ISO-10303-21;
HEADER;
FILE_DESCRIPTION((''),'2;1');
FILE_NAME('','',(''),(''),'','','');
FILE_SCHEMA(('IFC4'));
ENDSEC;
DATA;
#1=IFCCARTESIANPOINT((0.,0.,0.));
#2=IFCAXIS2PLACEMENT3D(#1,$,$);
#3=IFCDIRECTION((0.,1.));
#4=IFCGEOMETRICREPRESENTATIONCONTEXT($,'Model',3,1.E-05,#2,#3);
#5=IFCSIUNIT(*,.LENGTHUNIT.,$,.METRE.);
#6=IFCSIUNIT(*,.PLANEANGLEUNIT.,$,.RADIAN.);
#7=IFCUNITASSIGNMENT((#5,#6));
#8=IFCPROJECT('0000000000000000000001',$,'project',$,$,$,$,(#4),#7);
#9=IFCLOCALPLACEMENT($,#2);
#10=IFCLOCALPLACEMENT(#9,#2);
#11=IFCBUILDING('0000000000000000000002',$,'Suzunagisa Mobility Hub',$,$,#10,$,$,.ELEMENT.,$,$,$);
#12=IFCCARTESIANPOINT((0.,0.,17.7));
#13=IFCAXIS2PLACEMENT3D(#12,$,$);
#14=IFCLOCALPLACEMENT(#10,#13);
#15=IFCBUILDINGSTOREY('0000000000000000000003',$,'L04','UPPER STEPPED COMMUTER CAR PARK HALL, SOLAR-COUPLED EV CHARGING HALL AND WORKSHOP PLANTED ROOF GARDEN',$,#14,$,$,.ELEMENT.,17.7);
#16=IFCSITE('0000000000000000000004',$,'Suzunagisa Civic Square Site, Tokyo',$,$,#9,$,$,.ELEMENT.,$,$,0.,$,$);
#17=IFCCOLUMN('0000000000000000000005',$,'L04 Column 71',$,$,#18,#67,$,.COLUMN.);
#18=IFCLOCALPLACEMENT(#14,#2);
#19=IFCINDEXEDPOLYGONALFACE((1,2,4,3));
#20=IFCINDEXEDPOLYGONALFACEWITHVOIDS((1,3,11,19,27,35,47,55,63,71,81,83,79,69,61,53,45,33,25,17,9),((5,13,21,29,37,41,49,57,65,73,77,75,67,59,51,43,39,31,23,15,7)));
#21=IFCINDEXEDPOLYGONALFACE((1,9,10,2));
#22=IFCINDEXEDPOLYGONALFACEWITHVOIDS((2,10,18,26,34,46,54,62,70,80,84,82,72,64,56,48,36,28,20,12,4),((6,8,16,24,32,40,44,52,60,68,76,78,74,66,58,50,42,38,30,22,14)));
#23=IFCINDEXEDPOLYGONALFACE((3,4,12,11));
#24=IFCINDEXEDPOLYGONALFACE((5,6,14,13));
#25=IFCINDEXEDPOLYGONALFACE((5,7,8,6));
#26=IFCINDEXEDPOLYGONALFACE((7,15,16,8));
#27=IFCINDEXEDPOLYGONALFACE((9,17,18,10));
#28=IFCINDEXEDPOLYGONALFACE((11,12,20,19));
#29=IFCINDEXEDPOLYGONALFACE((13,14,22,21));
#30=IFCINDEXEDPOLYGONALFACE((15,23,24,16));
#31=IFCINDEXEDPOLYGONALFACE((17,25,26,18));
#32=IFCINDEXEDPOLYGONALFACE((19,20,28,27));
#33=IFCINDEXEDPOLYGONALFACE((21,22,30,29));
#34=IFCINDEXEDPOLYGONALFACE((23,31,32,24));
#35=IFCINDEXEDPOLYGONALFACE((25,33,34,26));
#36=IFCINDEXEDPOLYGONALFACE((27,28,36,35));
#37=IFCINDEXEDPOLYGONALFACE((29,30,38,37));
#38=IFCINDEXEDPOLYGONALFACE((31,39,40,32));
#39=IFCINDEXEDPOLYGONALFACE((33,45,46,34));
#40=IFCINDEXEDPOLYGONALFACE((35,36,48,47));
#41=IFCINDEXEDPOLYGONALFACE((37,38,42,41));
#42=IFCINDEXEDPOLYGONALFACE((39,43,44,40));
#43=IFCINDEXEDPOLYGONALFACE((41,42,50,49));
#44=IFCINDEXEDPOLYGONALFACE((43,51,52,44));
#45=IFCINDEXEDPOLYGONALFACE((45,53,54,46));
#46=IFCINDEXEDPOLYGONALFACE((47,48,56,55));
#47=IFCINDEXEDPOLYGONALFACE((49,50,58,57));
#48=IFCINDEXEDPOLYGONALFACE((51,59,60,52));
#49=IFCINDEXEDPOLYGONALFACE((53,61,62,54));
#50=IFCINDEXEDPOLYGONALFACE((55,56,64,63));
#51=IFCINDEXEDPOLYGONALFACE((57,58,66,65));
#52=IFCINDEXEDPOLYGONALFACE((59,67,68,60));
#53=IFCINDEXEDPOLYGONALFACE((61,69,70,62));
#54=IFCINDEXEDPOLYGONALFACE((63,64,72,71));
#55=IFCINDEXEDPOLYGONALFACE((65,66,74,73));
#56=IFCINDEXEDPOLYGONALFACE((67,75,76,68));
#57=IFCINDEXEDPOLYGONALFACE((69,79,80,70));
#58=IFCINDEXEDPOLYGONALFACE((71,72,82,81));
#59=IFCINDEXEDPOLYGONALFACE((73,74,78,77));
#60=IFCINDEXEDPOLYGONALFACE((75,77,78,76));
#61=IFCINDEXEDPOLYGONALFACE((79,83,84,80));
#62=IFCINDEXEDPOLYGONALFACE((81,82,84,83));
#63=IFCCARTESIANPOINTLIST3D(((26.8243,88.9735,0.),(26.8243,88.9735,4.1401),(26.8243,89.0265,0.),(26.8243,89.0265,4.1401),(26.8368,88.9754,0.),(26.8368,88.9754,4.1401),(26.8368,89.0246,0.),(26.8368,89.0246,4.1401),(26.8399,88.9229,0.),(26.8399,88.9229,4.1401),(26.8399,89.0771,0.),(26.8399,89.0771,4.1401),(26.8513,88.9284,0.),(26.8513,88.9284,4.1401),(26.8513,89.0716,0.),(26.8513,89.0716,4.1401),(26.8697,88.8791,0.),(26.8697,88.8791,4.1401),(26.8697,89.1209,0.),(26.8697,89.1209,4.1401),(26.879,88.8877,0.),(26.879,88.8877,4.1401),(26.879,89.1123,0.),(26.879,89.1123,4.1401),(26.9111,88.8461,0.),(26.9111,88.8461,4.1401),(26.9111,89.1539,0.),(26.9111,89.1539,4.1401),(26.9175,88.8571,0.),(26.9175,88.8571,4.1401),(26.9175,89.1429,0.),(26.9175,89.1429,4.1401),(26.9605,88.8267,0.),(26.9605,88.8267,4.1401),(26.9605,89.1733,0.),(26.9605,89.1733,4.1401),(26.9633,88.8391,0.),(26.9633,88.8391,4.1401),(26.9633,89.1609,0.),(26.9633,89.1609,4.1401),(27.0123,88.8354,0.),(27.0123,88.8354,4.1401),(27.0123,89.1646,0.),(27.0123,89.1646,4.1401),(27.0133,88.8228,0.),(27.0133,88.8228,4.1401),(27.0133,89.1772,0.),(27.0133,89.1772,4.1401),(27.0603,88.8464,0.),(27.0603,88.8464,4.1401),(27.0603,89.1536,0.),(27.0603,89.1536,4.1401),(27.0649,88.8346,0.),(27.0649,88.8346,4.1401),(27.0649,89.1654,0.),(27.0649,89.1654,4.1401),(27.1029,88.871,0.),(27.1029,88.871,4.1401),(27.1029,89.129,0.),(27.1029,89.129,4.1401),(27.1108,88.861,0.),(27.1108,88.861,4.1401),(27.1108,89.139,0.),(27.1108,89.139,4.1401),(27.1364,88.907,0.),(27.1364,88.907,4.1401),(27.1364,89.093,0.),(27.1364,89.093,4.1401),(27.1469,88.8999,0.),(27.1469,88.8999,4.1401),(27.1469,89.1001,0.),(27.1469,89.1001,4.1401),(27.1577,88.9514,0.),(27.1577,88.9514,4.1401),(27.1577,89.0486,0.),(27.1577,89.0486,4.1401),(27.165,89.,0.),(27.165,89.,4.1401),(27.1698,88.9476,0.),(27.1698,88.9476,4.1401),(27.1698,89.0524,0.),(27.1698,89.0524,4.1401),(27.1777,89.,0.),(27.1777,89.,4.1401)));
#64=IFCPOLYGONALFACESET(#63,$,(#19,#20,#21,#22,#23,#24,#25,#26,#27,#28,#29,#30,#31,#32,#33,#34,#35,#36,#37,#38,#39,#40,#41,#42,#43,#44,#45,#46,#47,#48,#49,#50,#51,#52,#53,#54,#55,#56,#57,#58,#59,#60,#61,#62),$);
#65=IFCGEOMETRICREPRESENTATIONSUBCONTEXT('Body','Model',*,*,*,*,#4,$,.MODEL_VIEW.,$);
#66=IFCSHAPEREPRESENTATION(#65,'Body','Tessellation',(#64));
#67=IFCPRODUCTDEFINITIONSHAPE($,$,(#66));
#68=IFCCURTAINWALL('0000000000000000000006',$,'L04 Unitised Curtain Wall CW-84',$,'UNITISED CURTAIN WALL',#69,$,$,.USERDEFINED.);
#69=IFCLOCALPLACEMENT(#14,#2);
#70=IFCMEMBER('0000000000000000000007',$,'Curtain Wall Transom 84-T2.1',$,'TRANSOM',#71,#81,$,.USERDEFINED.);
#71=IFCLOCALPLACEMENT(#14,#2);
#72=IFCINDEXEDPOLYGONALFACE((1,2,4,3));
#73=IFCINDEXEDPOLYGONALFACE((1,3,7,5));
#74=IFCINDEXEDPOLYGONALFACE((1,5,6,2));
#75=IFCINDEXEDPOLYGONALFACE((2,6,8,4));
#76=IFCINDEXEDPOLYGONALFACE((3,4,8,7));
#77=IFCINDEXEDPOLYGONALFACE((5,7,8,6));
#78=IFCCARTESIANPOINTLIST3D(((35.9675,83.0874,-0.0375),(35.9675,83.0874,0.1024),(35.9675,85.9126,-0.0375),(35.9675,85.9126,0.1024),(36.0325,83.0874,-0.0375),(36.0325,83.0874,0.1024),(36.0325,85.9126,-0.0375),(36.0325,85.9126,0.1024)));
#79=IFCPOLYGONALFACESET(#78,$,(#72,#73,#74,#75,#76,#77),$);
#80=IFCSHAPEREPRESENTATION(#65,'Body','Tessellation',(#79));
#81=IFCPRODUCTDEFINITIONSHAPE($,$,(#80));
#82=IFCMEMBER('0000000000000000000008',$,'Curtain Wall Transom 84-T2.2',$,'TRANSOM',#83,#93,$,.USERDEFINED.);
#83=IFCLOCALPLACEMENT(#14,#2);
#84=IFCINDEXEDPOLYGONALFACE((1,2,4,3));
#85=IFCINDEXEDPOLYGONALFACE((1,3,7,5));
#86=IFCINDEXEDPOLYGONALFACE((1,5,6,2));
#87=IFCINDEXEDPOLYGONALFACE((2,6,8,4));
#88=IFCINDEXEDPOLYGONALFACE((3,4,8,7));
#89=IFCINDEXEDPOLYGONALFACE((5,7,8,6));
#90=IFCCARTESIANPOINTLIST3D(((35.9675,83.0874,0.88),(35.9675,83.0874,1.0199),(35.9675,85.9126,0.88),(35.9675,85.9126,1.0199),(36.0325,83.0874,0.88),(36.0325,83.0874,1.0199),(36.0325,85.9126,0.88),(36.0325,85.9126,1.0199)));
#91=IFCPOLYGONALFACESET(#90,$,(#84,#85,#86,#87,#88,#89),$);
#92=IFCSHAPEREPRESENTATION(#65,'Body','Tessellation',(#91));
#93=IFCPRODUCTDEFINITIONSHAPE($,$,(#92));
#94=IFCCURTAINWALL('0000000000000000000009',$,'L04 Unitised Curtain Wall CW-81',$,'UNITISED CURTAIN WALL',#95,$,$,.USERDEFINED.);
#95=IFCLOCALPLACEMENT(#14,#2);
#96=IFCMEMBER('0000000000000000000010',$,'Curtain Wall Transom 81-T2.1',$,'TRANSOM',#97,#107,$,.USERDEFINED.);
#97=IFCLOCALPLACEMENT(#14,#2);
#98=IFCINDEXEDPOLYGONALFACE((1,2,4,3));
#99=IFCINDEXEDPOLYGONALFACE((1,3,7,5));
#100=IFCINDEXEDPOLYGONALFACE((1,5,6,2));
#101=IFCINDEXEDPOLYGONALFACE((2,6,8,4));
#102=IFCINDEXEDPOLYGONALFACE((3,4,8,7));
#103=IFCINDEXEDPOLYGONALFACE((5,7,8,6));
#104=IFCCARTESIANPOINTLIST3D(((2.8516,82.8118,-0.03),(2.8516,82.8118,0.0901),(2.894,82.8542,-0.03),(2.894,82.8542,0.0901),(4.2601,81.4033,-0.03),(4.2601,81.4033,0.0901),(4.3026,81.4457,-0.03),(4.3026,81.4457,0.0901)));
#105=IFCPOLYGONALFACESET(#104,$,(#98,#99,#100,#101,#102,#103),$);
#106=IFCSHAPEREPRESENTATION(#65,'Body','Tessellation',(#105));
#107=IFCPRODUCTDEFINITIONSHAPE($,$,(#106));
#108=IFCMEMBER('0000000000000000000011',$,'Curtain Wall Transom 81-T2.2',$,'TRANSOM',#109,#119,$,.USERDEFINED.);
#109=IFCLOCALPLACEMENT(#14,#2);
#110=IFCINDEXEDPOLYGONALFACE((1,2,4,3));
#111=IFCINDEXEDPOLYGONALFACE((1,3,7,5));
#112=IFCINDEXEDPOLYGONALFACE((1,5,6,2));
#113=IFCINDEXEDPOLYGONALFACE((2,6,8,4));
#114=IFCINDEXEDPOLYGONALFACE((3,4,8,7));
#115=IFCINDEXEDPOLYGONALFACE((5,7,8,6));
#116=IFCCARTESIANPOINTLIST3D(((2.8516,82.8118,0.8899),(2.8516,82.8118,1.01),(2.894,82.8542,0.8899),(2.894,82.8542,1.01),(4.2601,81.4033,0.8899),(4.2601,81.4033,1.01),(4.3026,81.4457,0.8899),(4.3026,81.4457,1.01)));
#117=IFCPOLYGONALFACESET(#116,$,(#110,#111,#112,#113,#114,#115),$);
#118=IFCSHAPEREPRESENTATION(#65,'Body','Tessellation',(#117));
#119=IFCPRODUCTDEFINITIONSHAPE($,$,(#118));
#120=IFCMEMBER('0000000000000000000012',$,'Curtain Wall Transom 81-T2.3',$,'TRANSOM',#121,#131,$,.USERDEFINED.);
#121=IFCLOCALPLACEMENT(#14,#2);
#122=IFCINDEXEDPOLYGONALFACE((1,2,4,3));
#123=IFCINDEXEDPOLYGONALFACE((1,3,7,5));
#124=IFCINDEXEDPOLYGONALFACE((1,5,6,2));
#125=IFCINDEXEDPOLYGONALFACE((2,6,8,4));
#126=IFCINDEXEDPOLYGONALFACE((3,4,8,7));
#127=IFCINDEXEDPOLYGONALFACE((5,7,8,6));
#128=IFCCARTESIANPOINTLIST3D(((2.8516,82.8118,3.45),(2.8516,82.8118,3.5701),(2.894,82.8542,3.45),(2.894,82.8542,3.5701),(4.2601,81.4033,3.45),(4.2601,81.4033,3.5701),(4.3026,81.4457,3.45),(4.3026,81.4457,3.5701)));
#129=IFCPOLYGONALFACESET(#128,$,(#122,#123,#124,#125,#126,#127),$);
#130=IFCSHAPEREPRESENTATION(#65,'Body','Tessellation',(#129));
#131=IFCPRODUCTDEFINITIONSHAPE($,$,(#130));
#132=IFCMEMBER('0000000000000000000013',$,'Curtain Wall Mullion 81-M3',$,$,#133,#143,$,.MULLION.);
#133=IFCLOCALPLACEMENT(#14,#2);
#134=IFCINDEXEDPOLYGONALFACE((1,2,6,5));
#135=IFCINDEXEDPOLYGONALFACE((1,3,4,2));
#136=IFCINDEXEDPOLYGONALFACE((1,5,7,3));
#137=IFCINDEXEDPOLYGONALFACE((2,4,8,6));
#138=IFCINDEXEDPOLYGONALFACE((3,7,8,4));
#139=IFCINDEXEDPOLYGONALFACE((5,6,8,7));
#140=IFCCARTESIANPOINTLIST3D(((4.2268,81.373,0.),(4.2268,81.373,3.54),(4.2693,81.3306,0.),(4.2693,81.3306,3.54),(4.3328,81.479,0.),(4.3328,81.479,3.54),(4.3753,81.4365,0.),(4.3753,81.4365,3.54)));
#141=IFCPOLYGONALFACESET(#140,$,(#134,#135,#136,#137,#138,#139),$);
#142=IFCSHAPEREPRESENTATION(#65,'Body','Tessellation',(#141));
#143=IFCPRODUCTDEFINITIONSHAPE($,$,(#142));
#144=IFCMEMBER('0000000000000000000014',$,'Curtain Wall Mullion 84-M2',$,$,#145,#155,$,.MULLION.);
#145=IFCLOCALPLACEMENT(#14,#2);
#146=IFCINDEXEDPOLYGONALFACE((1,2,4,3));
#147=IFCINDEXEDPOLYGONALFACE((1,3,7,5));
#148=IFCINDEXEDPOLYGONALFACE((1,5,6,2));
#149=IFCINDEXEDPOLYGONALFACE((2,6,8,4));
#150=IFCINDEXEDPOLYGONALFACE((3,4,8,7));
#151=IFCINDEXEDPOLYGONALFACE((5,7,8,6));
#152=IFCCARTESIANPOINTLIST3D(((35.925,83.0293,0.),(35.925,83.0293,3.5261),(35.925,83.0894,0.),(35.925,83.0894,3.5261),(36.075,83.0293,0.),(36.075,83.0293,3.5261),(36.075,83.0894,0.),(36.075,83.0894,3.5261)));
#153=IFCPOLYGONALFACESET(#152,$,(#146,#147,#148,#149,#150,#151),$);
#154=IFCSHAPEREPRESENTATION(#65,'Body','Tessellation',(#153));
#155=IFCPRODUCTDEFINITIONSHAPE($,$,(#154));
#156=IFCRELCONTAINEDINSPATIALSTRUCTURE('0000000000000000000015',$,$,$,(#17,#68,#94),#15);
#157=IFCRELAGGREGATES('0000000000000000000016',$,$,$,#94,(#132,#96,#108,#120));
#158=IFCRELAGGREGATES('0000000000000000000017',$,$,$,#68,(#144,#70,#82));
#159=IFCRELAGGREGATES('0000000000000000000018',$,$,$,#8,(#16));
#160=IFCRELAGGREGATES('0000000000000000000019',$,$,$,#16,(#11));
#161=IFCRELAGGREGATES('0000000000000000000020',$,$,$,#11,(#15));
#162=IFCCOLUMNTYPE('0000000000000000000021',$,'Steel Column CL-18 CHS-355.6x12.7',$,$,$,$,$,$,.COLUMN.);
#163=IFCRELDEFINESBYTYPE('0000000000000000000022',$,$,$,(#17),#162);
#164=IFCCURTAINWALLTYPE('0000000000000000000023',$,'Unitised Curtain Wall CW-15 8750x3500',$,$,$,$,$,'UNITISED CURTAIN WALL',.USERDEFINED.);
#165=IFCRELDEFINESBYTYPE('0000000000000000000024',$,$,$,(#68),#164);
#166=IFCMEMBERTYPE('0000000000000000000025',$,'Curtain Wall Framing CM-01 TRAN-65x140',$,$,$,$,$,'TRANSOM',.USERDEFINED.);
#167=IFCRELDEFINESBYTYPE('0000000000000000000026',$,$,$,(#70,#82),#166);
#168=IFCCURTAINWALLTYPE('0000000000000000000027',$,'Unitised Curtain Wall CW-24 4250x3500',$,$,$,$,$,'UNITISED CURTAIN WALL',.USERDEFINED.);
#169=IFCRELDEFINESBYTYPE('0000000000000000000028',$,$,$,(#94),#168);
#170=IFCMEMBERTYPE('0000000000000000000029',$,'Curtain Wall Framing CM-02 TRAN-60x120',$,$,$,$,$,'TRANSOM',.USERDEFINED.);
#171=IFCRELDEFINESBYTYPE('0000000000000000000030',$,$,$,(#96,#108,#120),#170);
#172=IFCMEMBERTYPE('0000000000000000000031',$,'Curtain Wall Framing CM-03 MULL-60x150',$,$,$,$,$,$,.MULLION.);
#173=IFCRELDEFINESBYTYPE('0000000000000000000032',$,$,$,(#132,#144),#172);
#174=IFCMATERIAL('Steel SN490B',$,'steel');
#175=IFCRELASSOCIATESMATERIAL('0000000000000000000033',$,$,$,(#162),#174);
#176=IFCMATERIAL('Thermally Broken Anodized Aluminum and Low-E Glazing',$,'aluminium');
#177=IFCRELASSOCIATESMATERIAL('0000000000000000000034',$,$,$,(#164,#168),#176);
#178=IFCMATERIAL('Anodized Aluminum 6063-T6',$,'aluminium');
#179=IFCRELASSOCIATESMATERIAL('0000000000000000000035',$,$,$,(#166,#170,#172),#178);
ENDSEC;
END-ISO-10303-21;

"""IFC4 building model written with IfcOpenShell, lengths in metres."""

from ifc_helpers import new_model, si_unit, direction, frame, origin, origin_2d, place, context, subcontext, project, spatial, rectangle, hollow_circle, extrude, material, material_profile, profile_set, type_object, element, aggregate, save


model = new_model("IFC4")

# Units and contexts
model_context = context("Model", 3, precision=1e-05, world=origin(), true_north=direction((0.0, 1.0)))
body_context = subcontext(model_context, "Body", "Model", "MODEL_VIEW")
ifc_project = project(units=[si_unit("LENGTHUNIT", "METRE"), si_unit("PLANEANGLEUNIT", "RADIAN")], contexts=[model_context])

# Site, building, storey
site_placement = place(None, origin())
site = spatial("IfcSite", under=ifc_project, at=site_placement, Name="Suzunagisa Civic Square Site, Tokyo", CompositionType="ELEMENT", RefElevation=0.0)
building_placement = place(site_placement, origin())
building = spatial("IfcBuilding", under=site, at=building_placement, Name="Suzunagisa Mobility Hub", CompositionType="ELEMENT")
storey_placement = place(building_placement, frame((0.0, 0.0, 17.7)))
storey = spatial("IfcBuildingStorey", under=building, at=storey_placement, Name="L04", Description="UPPER STEPPED COMMUTER CAR PARK HALL, SOLAR-COUPLED EV CHARGING HALL AND WORKSHOP PLANTED ROOF GARDEN", CompositionType="ELEMENT", Elevation=17.7)

# Column
ifc_material_1 = material(Name="Steel SN490B", Category="steel")
ifc_material_profile_1 = material_profile(ifc_material_1, hollow_circle(Radius=0.1777, WallThickness=0.0127, at=origin_2d()), Name="CHS-355.6x12.7")
ifc_profile_set_1 = profile_set([ifc_material_profile_1], Name="Steel SN490B")
column_type = type_object("IfcColumnType", Name="Steel Column CL-18 CHS-355.6x12.7", PredefinedType="COLUMN", material=ifc_profile_set_1)
for number, where, z_axis, x_axis, name in (
    (1, (27.0, 89.0, 0.0), (0.0, 0.0, 1.0), (1.0, 0.0, 0.0), "L04 Column 71"),
):
    element("IfcColumn", number, at=place(storey_placement, frame(where, z_axis=z_axis, x_axis=x_axis)), inside=storey, type_object=column_type, Name=name, PredefinedType="COLUMN", context=body_context, shape_type="SweptSolid", body=[
        extrude(hollow_circle(Radius=0.1777, WallThickness=0.0127, at=origin_2d()), origin(), (0.0, 0.0, 1.0), 4.1401),
    ])

# Curtain walls, members
ifc_material_2 = material(Name="Thermally Broken Anodized Aluminum and Low-E Glazing", Category="aluminium")
curtain_wall_type_1 = type_object("IfcCurtainWallType", Name="Unitised Curtain Wall CW-15 8750x3500", ElementType="UNITISED CURTAIN WALL", PredefinedType="USERDEFINED", material=ifc_material_2)
curtain_wall_1_placement = place(storey_placement, origin())
curtain_wall_1 = element("IfcCurtainWall", 2, at=curtain_wall_1_placement, inside=storey, type_object=curtain_wall_type_1, Name="L04 Unitised Curtain Wall CW-84", ObjectType="UNITISED CURTAIN WALL", PredefinedType="USERDEFINED")
ifc_material_3 = material(Name="Anodized Aluminum 6063-T6", Category="aluminium")
ifc_material_profile_2 = material_profile(ifc_material_3, rectangle(XDim=0.0649, YDim=0.1399, at=origin_2d()), Name="TRAN-65x140")
ifc_profile_set_2 = profile_set([ifc_material_profile_2], Name="Anodized Aluminum 6063-T6")
member_type_1 = type_object("IfcMemberType", Name="Curtain Wall Framing CM-01 TRAN-65x140", ElementType="TRANSOM", PredefinedType="USERDEFINED", material=ifc_profile_set_2)
member_1_placement = place(storey_placement, frame((36.0, 83.0874, 0.0325), z_axis=(0.0, 1.0, 0.0), x_axis=(-1.0, 0.0, 0.0)))
member_1 = element("IfcMember", 3, at=member_1_placement, type_object=member_type_1, Name="Curtain Wall Transom 84-T2.1", ObjectType="TRANSOM", PredefinedType="USERDEFINED", context=body_context, shape_type="SweptSolid", body=[
    extrude(rectangle(XDim=0.0649, YDim=0.1399, at=origin_2d()), origin(), (0.0, 0.0, 1.0), 2.8252),
])
member_2_placement = place(storey_placement, frame((36.0, 83.0874, 0.95), z_axis=(0.0, 1.0, 0.0), x_axis=(-1.0, 0.0, 0.0)))
member_2 = element("IfcMember", 4, at=member_2_placement, type_object=member_type_1, Name="Curtain Wall Transom 84-T2.2", ObjectType="TRANSOM", PredefinedType="USERDEFINED", context=body_context, shape_type="SweptSolid", body=[
    extrude(rectangle(XDim=0.0649, YDim=0.1399, at=origin_2d()), origin(), (0.0, 0.0, 1.0), 2.8252),
])
curtain_wall_type_2 = type_object("IfcCurtainWallType", Name="Unitised Curtain Wall CW-24 4250x3500", ElementType="UNITISED CURTAIN WALL", PredefinedType="USERDEFINED", material=ifc_material_2)
curtain_wall_2_placement = place(storey_placement, origin())
curtain_wall_2 = element("IfcCurtainWall", 5, at=curtain_wall_2_placement, inside=storey, type_object=curtain_wall_type_2, Name="L04 Unitised Curtain Wall CW-81", ObjectType="UNITISED CURTAIN WALL", PredefinedType="USERDEFINED")
ifc_material_profile_3 = material_profile(ifc_material_3, rectangle(XDim=0.0601, YDim=0.1201, at=origin_2d()), Name="TRAN-60x120")
ifc_profile_set_3 = profile_set([ifc_material_profile_3], Name="Anodized Aluminum 6063-T6")
member_type_2 = type_object("IfcMemberType", Name="Curtain Wall Framing CM-02 TRAN-60x120", ElementType="TRANSOM", PredefinedType="USERDEFINED", material=ifc_profile_set_3)
member_3_placement = place(storey_placement, frame((2.8728, 82.833, 0.03), z_axis=(0.707107, -0.707107, 0.0), x_axis=(0.707107, 0.707107, 0.0)))
member_3 = element("IfcMember", 6, at=member_3_placement, type_object=member_type_2, Name="Curtain Wall Transom 81-T2.1", ObjectType="TRANSOM", PredefinedType="USERDEFINED", context=body_context, shape_type="SweptSolid", body=[
    extrude(rectangle(XDim=0.0601, YDim=0.1201, at=origin_2d()), origin(), (0.0, 0.0, 1.0), 1.9919),
])
member_4_placement = place(storey_placement, frame((2.8728, 82.833, 0.95), z_axis=(0.707107, -0.707107, 0.0), x_axis=(0.707107, 0.707107, 0.0)))
member_4 = element("IfcMember", 7, at=member_4_placement, type_object=member_type_2, Name="Curtain Wall Transom 81-T2.2", ObjectType="TRANSOM", PredefinedType="USERDEFINED", context=body_context, shape_type="SweptSolid", body=[
    extrude(rectangle(XDim=0.0601, YDim=0.1201, at=origin_2d()), origin(), (0.0, 0.0, 1.0), 1.9919),
])
member_5_placement = place(storey_placement, frame((2.8728, 82.833, 3.51), z_axis=(0.707107, -0.707107, 0.0), x_axis=(0.707107, 0.707107, 0.0)))
member_5 = element("IfcMember", 8, at=member_5_placement, type_object=member_type_2, Name="Curtain Wall Transom 81-T2.3", ObjectType="TRANSOM", PredefinedType="USERDEFINED", context=body_context, shape_type="SweptSolid", body=[
    extrude(rectangle(XDim=0.0601, YDim=0.1201, at=origin_2d()), origin(), (0.0, 0.0, 1.0), 1.9919),
])
ifc_material_profile_4 = material_profile(ifc_material_3, rectangle(XDim=0.0601, YDim=0.1499, at=origin_2d()), Name="MULL-60x150")
ifc_profile_set_4 = profile_set([ifc_material_profile_4], Name="Anodized Aluminum 6063-T6")
member_type_3 = type_object("IfcMemberType", Name="Curtain Wall Framing CM-03 MULL-60x150", PredefinedType="MULLION", material=ifc_profile_set_4)
member_6_placement = place(storey_placement, frame((4.301, 81.4048, 0.0), z_axis=(0.0, 0.0, 1.0), x_axis=(0.707107, -0.707107, 0.0)))
member_6 = element("IfcMember", 9, at=member_6_placement, type_object=member_type_3, Name="Curtain Wall Mullion 81-M3", PredefinedType="MULLION", context=body_context, shape_type="SweptSolid", body=[
    extrude(rectangle(XDim=0.0601, YDim=0.1499, at=origin_2d()), origin(), (0.0, 0.0, 1.0), 3.54),
])

# Member
member_7_placement = place(storey_placement, frame((36.0, 83.0593, 0.0), z_axis=(0.0, 0.0, 1.0), x_axis=(0.0, 1.0, 0.0)))
member_7 = element("IfcMember", 10, at=member_7_placement, type_object=member_type_3, Name="Curtain Wall Mullion 84-M2", PredefinedType="MULLION", context=body_context, shape_type="SweptSolid", body=[
    extrude(rectangle(XDim=0.0601, YDim=0.1499, at=origin_2d()), origin(), (0.0, 0.0, 1.0), 3.5261),
])

aggregate(curtain_wall_2, [member_6, member_3, member_4, member_5])
aggregate(curtain_wall_1, [member_7, member_1, member_2])

save(model, "model.ifc")
